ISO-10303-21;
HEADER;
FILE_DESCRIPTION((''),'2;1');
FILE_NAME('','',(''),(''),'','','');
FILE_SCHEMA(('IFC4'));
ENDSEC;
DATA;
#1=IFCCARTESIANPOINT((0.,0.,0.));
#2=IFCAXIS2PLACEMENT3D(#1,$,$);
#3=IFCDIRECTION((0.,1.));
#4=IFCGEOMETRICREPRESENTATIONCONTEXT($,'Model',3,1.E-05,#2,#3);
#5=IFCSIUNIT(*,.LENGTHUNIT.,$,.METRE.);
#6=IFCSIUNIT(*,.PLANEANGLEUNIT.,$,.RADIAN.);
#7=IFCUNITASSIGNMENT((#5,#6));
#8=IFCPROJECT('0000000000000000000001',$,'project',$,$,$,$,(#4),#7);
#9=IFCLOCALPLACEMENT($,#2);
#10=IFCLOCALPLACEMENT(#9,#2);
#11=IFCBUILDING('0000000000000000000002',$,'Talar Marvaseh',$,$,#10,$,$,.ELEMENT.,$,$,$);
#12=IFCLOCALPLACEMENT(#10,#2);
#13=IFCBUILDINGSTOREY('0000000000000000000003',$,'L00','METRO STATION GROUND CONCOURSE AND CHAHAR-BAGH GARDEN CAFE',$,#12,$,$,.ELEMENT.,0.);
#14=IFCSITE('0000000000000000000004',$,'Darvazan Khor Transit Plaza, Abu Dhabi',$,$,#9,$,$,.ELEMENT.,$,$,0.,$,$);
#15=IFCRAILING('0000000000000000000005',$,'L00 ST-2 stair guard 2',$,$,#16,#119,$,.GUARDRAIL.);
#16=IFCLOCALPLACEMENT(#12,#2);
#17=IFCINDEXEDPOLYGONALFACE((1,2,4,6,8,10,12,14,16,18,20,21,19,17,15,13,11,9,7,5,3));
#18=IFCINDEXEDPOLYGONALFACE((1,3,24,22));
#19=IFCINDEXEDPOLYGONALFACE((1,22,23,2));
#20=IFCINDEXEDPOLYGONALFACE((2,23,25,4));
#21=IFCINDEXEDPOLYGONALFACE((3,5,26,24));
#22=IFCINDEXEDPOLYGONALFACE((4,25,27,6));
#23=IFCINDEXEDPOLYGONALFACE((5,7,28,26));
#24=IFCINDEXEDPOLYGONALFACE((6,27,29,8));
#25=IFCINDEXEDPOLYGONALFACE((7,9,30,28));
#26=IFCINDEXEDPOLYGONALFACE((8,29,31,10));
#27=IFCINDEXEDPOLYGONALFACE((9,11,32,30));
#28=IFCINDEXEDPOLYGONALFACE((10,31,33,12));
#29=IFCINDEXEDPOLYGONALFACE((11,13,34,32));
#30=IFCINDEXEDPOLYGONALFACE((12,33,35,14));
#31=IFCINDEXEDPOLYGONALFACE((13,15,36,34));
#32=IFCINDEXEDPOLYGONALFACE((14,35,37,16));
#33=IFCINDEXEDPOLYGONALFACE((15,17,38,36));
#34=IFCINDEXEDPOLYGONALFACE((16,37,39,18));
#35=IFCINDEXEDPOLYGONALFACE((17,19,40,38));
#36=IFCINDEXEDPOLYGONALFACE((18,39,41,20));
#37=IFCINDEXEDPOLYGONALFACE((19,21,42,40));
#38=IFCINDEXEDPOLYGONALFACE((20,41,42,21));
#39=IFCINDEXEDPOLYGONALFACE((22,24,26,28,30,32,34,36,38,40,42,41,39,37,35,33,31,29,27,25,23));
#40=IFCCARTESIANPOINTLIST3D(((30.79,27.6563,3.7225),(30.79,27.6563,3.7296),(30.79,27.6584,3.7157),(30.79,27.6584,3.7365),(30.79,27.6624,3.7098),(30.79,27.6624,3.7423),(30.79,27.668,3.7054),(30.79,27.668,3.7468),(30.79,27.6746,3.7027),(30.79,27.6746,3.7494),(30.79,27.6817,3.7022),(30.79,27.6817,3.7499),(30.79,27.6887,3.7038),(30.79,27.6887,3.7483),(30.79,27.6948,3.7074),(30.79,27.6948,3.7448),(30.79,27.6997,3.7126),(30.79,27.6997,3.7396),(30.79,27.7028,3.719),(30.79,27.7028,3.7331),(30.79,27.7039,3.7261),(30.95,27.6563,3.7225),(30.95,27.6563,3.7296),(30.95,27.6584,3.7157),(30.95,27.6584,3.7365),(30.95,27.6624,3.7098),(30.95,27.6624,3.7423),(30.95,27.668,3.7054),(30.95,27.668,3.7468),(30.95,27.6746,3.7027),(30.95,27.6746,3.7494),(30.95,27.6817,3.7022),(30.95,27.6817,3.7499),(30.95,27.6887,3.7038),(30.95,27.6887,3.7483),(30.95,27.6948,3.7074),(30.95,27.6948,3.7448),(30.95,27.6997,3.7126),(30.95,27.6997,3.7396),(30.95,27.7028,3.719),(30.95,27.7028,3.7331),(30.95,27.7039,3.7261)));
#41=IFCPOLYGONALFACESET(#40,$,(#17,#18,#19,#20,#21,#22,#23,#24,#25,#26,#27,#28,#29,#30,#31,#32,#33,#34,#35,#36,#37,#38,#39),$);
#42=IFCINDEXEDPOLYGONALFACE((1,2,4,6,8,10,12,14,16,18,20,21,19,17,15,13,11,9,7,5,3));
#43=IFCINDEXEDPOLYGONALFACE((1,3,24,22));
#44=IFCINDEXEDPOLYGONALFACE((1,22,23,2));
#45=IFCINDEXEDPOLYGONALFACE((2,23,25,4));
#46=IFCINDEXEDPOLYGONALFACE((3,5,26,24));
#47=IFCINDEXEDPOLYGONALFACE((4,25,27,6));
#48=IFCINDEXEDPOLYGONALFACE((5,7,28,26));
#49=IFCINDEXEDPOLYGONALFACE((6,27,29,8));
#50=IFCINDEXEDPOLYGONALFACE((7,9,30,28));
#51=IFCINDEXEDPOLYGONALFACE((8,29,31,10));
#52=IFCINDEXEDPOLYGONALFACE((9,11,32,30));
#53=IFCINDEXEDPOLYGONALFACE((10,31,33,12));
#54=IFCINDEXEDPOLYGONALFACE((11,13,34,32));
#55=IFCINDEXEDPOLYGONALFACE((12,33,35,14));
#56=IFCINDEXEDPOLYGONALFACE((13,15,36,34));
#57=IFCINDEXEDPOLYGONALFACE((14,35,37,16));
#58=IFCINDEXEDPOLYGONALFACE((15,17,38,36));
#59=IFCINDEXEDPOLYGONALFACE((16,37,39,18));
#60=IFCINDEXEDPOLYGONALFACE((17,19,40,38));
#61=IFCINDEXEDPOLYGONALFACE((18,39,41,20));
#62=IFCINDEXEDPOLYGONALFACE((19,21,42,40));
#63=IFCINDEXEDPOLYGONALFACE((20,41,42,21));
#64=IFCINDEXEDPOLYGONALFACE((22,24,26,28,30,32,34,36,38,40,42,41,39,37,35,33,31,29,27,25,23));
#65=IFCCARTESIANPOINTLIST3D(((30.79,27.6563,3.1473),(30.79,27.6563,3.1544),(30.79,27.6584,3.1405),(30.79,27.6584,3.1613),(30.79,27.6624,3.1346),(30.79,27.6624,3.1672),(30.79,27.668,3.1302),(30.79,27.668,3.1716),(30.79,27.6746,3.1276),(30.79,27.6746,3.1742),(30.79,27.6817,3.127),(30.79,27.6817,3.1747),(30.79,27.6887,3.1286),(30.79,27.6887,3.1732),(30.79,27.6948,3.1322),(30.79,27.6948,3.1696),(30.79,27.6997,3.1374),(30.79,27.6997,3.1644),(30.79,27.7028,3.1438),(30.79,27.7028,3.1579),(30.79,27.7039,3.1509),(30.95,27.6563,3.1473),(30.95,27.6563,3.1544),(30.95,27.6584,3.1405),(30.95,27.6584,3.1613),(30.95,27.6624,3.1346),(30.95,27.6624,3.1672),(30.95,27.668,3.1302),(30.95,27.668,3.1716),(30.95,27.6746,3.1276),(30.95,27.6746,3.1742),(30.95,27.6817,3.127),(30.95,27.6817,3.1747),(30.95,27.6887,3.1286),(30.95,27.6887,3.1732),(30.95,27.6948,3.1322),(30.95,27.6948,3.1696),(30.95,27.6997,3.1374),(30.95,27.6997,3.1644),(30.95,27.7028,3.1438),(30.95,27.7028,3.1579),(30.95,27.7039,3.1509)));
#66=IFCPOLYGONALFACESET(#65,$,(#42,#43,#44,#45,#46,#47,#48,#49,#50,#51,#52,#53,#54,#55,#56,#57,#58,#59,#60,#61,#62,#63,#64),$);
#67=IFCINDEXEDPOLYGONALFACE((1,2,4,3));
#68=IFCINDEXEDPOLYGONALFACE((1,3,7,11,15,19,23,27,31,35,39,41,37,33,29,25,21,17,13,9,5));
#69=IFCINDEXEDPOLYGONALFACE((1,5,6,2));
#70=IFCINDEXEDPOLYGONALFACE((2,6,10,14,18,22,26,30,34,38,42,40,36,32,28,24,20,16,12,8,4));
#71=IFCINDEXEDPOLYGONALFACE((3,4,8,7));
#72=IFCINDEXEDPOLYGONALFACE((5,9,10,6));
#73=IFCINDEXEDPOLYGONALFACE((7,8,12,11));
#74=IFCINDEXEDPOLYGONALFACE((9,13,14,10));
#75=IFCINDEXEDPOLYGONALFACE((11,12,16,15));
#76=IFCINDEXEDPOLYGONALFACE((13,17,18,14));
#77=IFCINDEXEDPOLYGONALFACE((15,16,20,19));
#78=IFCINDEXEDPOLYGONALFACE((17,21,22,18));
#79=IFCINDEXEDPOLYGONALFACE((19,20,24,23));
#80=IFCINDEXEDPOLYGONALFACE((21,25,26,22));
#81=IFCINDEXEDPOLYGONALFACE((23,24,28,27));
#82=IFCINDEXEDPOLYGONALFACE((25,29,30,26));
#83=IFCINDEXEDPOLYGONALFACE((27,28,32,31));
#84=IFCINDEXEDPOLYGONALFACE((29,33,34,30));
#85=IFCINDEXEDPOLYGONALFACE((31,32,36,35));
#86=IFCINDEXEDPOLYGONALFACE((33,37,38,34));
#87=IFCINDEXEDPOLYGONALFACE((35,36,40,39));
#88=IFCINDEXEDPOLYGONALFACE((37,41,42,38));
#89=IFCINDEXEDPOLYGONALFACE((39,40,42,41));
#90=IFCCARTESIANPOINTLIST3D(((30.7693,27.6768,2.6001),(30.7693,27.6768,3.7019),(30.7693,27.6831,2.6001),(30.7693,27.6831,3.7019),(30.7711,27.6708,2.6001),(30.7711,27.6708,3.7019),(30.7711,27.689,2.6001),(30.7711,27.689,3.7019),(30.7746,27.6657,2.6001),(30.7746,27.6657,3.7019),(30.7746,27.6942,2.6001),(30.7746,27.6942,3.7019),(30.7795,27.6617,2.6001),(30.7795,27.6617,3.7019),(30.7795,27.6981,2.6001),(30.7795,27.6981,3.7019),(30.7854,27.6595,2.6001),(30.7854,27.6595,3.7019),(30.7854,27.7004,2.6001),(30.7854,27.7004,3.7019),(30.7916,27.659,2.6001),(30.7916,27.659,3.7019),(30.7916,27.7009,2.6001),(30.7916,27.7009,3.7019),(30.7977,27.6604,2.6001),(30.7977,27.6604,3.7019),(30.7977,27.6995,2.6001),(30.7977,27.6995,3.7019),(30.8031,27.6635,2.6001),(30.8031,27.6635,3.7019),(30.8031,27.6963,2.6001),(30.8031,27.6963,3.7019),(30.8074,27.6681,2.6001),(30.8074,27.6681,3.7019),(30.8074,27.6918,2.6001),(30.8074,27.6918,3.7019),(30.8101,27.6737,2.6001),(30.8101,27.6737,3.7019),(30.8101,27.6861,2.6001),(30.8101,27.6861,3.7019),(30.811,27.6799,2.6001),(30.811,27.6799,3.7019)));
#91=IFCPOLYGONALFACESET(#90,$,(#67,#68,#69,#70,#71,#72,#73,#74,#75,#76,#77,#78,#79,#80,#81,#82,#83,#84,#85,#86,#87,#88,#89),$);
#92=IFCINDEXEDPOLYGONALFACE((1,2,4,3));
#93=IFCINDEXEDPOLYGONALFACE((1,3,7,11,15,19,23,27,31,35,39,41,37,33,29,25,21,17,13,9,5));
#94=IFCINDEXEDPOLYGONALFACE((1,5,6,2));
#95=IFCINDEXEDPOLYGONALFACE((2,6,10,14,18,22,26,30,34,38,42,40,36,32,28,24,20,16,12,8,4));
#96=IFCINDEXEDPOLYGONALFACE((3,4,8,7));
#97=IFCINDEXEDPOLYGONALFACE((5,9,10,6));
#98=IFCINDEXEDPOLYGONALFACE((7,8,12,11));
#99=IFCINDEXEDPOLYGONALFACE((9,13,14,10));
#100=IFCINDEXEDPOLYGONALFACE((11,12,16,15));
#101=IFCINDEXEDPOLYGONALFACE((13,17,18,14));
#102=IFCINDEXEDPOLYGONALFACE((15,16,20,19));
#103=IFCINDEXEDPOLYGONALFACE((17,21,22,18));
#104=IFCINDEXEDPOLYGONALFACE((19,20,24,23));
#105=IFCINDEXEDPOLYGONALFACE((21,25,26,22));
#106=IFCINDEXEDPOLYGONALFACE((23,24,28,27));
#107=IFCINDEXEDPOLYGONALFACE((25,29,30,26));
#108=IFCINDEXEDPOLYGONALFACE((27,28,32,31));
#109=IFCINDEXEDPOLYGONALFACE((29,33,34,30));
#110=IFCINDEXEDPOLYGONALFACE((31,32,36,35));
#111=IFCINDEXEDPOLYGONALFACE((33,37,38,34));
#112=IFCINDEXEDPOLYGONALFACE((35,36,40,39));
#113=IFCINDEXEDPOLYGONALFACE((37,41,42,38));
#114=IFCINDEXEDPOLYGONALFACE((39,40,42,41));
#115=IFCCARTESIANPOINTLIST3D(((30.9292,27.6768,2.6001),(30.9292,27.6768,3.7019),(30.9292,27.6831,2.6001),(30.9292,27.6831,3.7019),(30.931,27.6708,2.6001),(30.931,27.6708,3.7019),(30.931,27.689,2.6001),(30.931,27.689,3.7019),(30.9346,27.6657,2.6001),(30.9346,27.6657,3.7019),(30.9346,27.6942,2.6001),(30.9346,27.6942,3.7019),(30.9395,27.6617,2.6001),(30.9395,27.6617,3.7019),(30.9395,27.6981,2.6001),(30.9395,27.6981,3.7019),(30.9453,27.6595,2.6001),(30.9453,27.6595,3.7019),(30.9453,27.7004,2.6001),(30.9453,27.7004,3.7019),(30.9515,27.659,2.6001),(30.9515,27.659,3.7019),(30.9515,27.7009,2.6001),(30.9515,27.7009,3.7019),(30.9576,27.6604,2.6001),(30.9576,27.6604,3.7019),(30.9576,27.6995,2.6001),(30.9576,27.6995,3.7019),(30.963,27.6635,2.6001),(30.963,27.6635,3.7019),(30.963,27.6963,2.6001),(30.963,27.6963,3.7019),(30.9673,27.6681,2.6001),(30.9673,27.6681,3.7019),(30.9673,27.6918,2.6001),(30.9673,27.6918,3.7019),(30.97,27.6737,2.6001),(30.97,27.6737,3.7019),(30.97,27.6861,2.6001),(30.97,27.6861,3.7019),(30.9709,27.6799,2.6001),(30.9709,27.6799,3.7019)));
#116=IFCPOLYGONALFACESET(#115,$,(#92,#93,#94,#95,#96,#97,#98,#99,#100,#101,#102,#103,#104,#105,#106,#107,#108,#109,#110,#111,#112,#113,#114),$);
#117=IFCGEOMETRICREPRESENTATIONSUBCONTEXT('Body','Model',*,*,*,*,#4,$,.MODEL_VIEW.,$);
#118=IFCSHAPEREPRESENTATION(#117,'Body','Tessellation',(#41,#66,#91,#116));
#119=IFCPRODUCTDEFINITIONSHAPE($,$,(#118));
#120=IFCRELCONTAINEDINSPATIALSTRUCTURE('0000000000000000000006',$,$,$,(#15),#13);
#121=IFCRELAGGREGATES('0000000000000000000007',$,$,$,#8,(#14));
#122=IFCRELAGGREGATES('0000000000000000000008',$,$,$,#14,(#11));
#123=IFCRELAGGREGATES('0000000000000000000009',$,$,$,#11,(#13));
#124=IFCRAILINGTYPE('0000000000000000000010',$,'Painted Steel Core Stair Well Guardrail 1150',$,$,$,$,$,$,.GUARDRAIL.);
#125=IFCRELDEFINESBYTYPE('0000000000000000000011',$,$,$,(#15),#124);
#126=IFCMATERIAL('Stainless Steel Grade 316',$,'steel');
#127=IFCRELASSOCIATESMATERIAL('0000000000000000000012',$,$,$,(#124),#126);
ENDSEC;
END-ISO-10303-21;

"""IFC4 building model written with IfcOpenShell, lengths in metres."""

from ifc_helpers import new_model, si_unit, direction, frame, origin, origin_2d, place, context, subcontext, project, spatial, circle, extrude, material, type_object, element, save


model = new_model("IFC4")

# Units and contexts
model_context = context("Model", 3, precision=1e-05, world=origin(), true_north=direction((0.0, 1.0)))
body_context = subcontext(model_context, "Body", "Model", "MODEL_VIEW")
ifc_project = project(units=[si_unit("LENGTHUNIT", "METRE"), si_unit("PLANEANGLEUNIT", "RADIAN")], contexts=[model_context])

# Site, building, storey
site_placement = place(None, origin())
site = spatial("IfcSite", under=ifc_project, at=site_placement, Name="Darvazan Khor Transit Plaza, Abu Dhabi", CompositionType="ELEMENT", RefElevation=0.0)
building_placement = place(site_placement, origin())
building = spatial("IfcBuilding", under=site, at=building_placement, Name="Talar Marvaseh", CompositionType="ELEMENT")
storey_placement = place(building_placement, origin())
storey = spatial("IfcBuildingStorey", under=building, at=storey_placement, Name="L00", Description="METRO STATION GROUND CONCOURSE AND CHAHAR-BAGH GARDEN CAFE", CompositionType="ELEMENT", Elevation=0.0)

# Shared definitions
ifc_material_1 = material(Name="Stainless Steel Grade 316", Category="steel")

# Railing
railing_type_1 = type_object("IfcRailingType", Name="Painted Steel Core Stair Well Guardrail 1150", PredefinedType="GUARDRAIL", material=ifc_material_1)
railing_1_placement = place(storey_placement, frame((30.79, 27.6799, 2.6001)))
element("IfcRailing", 1, at=railing_1_placement, inside=storey, type_object=railing_type_1, Name="L00 ST-2 stair guard 2", PredefinedType="GUARDRAIL", context=body_context, shape_type="SweptSolid", body=[
    extrude(circle(Radius=0.0239, at=origin_2d()), frame((0.0, 0.0, 1.126), z_axis=(1.0, 0.0, 0.0), x_axis=(0.0, 1.0, 0.0)), (0.0, 0.0, 1.0), 0.1599),
    extrude(circle(Radius=0.0239, at=origin_2d()), frame((0.0, 0.0, 0.5508), z_axis=(1.0, 0.0, 0.0), x_axis=(0.0, 1.0, 0.0)), (0.0, 0.0, 1.0), 0.1599),
    extrude(circle(Radius=0.021, at=origin_2d()), origin(), (0.0, 0.0, 1.0), 1.1018),
    extrude(circle(Radius=0.021, at=origin_2d()), frame((0.1599, 0.0, 0.0)), (0.0, 0.0, 1.0), 1.1018),
])

save(model, "model.ifc")
